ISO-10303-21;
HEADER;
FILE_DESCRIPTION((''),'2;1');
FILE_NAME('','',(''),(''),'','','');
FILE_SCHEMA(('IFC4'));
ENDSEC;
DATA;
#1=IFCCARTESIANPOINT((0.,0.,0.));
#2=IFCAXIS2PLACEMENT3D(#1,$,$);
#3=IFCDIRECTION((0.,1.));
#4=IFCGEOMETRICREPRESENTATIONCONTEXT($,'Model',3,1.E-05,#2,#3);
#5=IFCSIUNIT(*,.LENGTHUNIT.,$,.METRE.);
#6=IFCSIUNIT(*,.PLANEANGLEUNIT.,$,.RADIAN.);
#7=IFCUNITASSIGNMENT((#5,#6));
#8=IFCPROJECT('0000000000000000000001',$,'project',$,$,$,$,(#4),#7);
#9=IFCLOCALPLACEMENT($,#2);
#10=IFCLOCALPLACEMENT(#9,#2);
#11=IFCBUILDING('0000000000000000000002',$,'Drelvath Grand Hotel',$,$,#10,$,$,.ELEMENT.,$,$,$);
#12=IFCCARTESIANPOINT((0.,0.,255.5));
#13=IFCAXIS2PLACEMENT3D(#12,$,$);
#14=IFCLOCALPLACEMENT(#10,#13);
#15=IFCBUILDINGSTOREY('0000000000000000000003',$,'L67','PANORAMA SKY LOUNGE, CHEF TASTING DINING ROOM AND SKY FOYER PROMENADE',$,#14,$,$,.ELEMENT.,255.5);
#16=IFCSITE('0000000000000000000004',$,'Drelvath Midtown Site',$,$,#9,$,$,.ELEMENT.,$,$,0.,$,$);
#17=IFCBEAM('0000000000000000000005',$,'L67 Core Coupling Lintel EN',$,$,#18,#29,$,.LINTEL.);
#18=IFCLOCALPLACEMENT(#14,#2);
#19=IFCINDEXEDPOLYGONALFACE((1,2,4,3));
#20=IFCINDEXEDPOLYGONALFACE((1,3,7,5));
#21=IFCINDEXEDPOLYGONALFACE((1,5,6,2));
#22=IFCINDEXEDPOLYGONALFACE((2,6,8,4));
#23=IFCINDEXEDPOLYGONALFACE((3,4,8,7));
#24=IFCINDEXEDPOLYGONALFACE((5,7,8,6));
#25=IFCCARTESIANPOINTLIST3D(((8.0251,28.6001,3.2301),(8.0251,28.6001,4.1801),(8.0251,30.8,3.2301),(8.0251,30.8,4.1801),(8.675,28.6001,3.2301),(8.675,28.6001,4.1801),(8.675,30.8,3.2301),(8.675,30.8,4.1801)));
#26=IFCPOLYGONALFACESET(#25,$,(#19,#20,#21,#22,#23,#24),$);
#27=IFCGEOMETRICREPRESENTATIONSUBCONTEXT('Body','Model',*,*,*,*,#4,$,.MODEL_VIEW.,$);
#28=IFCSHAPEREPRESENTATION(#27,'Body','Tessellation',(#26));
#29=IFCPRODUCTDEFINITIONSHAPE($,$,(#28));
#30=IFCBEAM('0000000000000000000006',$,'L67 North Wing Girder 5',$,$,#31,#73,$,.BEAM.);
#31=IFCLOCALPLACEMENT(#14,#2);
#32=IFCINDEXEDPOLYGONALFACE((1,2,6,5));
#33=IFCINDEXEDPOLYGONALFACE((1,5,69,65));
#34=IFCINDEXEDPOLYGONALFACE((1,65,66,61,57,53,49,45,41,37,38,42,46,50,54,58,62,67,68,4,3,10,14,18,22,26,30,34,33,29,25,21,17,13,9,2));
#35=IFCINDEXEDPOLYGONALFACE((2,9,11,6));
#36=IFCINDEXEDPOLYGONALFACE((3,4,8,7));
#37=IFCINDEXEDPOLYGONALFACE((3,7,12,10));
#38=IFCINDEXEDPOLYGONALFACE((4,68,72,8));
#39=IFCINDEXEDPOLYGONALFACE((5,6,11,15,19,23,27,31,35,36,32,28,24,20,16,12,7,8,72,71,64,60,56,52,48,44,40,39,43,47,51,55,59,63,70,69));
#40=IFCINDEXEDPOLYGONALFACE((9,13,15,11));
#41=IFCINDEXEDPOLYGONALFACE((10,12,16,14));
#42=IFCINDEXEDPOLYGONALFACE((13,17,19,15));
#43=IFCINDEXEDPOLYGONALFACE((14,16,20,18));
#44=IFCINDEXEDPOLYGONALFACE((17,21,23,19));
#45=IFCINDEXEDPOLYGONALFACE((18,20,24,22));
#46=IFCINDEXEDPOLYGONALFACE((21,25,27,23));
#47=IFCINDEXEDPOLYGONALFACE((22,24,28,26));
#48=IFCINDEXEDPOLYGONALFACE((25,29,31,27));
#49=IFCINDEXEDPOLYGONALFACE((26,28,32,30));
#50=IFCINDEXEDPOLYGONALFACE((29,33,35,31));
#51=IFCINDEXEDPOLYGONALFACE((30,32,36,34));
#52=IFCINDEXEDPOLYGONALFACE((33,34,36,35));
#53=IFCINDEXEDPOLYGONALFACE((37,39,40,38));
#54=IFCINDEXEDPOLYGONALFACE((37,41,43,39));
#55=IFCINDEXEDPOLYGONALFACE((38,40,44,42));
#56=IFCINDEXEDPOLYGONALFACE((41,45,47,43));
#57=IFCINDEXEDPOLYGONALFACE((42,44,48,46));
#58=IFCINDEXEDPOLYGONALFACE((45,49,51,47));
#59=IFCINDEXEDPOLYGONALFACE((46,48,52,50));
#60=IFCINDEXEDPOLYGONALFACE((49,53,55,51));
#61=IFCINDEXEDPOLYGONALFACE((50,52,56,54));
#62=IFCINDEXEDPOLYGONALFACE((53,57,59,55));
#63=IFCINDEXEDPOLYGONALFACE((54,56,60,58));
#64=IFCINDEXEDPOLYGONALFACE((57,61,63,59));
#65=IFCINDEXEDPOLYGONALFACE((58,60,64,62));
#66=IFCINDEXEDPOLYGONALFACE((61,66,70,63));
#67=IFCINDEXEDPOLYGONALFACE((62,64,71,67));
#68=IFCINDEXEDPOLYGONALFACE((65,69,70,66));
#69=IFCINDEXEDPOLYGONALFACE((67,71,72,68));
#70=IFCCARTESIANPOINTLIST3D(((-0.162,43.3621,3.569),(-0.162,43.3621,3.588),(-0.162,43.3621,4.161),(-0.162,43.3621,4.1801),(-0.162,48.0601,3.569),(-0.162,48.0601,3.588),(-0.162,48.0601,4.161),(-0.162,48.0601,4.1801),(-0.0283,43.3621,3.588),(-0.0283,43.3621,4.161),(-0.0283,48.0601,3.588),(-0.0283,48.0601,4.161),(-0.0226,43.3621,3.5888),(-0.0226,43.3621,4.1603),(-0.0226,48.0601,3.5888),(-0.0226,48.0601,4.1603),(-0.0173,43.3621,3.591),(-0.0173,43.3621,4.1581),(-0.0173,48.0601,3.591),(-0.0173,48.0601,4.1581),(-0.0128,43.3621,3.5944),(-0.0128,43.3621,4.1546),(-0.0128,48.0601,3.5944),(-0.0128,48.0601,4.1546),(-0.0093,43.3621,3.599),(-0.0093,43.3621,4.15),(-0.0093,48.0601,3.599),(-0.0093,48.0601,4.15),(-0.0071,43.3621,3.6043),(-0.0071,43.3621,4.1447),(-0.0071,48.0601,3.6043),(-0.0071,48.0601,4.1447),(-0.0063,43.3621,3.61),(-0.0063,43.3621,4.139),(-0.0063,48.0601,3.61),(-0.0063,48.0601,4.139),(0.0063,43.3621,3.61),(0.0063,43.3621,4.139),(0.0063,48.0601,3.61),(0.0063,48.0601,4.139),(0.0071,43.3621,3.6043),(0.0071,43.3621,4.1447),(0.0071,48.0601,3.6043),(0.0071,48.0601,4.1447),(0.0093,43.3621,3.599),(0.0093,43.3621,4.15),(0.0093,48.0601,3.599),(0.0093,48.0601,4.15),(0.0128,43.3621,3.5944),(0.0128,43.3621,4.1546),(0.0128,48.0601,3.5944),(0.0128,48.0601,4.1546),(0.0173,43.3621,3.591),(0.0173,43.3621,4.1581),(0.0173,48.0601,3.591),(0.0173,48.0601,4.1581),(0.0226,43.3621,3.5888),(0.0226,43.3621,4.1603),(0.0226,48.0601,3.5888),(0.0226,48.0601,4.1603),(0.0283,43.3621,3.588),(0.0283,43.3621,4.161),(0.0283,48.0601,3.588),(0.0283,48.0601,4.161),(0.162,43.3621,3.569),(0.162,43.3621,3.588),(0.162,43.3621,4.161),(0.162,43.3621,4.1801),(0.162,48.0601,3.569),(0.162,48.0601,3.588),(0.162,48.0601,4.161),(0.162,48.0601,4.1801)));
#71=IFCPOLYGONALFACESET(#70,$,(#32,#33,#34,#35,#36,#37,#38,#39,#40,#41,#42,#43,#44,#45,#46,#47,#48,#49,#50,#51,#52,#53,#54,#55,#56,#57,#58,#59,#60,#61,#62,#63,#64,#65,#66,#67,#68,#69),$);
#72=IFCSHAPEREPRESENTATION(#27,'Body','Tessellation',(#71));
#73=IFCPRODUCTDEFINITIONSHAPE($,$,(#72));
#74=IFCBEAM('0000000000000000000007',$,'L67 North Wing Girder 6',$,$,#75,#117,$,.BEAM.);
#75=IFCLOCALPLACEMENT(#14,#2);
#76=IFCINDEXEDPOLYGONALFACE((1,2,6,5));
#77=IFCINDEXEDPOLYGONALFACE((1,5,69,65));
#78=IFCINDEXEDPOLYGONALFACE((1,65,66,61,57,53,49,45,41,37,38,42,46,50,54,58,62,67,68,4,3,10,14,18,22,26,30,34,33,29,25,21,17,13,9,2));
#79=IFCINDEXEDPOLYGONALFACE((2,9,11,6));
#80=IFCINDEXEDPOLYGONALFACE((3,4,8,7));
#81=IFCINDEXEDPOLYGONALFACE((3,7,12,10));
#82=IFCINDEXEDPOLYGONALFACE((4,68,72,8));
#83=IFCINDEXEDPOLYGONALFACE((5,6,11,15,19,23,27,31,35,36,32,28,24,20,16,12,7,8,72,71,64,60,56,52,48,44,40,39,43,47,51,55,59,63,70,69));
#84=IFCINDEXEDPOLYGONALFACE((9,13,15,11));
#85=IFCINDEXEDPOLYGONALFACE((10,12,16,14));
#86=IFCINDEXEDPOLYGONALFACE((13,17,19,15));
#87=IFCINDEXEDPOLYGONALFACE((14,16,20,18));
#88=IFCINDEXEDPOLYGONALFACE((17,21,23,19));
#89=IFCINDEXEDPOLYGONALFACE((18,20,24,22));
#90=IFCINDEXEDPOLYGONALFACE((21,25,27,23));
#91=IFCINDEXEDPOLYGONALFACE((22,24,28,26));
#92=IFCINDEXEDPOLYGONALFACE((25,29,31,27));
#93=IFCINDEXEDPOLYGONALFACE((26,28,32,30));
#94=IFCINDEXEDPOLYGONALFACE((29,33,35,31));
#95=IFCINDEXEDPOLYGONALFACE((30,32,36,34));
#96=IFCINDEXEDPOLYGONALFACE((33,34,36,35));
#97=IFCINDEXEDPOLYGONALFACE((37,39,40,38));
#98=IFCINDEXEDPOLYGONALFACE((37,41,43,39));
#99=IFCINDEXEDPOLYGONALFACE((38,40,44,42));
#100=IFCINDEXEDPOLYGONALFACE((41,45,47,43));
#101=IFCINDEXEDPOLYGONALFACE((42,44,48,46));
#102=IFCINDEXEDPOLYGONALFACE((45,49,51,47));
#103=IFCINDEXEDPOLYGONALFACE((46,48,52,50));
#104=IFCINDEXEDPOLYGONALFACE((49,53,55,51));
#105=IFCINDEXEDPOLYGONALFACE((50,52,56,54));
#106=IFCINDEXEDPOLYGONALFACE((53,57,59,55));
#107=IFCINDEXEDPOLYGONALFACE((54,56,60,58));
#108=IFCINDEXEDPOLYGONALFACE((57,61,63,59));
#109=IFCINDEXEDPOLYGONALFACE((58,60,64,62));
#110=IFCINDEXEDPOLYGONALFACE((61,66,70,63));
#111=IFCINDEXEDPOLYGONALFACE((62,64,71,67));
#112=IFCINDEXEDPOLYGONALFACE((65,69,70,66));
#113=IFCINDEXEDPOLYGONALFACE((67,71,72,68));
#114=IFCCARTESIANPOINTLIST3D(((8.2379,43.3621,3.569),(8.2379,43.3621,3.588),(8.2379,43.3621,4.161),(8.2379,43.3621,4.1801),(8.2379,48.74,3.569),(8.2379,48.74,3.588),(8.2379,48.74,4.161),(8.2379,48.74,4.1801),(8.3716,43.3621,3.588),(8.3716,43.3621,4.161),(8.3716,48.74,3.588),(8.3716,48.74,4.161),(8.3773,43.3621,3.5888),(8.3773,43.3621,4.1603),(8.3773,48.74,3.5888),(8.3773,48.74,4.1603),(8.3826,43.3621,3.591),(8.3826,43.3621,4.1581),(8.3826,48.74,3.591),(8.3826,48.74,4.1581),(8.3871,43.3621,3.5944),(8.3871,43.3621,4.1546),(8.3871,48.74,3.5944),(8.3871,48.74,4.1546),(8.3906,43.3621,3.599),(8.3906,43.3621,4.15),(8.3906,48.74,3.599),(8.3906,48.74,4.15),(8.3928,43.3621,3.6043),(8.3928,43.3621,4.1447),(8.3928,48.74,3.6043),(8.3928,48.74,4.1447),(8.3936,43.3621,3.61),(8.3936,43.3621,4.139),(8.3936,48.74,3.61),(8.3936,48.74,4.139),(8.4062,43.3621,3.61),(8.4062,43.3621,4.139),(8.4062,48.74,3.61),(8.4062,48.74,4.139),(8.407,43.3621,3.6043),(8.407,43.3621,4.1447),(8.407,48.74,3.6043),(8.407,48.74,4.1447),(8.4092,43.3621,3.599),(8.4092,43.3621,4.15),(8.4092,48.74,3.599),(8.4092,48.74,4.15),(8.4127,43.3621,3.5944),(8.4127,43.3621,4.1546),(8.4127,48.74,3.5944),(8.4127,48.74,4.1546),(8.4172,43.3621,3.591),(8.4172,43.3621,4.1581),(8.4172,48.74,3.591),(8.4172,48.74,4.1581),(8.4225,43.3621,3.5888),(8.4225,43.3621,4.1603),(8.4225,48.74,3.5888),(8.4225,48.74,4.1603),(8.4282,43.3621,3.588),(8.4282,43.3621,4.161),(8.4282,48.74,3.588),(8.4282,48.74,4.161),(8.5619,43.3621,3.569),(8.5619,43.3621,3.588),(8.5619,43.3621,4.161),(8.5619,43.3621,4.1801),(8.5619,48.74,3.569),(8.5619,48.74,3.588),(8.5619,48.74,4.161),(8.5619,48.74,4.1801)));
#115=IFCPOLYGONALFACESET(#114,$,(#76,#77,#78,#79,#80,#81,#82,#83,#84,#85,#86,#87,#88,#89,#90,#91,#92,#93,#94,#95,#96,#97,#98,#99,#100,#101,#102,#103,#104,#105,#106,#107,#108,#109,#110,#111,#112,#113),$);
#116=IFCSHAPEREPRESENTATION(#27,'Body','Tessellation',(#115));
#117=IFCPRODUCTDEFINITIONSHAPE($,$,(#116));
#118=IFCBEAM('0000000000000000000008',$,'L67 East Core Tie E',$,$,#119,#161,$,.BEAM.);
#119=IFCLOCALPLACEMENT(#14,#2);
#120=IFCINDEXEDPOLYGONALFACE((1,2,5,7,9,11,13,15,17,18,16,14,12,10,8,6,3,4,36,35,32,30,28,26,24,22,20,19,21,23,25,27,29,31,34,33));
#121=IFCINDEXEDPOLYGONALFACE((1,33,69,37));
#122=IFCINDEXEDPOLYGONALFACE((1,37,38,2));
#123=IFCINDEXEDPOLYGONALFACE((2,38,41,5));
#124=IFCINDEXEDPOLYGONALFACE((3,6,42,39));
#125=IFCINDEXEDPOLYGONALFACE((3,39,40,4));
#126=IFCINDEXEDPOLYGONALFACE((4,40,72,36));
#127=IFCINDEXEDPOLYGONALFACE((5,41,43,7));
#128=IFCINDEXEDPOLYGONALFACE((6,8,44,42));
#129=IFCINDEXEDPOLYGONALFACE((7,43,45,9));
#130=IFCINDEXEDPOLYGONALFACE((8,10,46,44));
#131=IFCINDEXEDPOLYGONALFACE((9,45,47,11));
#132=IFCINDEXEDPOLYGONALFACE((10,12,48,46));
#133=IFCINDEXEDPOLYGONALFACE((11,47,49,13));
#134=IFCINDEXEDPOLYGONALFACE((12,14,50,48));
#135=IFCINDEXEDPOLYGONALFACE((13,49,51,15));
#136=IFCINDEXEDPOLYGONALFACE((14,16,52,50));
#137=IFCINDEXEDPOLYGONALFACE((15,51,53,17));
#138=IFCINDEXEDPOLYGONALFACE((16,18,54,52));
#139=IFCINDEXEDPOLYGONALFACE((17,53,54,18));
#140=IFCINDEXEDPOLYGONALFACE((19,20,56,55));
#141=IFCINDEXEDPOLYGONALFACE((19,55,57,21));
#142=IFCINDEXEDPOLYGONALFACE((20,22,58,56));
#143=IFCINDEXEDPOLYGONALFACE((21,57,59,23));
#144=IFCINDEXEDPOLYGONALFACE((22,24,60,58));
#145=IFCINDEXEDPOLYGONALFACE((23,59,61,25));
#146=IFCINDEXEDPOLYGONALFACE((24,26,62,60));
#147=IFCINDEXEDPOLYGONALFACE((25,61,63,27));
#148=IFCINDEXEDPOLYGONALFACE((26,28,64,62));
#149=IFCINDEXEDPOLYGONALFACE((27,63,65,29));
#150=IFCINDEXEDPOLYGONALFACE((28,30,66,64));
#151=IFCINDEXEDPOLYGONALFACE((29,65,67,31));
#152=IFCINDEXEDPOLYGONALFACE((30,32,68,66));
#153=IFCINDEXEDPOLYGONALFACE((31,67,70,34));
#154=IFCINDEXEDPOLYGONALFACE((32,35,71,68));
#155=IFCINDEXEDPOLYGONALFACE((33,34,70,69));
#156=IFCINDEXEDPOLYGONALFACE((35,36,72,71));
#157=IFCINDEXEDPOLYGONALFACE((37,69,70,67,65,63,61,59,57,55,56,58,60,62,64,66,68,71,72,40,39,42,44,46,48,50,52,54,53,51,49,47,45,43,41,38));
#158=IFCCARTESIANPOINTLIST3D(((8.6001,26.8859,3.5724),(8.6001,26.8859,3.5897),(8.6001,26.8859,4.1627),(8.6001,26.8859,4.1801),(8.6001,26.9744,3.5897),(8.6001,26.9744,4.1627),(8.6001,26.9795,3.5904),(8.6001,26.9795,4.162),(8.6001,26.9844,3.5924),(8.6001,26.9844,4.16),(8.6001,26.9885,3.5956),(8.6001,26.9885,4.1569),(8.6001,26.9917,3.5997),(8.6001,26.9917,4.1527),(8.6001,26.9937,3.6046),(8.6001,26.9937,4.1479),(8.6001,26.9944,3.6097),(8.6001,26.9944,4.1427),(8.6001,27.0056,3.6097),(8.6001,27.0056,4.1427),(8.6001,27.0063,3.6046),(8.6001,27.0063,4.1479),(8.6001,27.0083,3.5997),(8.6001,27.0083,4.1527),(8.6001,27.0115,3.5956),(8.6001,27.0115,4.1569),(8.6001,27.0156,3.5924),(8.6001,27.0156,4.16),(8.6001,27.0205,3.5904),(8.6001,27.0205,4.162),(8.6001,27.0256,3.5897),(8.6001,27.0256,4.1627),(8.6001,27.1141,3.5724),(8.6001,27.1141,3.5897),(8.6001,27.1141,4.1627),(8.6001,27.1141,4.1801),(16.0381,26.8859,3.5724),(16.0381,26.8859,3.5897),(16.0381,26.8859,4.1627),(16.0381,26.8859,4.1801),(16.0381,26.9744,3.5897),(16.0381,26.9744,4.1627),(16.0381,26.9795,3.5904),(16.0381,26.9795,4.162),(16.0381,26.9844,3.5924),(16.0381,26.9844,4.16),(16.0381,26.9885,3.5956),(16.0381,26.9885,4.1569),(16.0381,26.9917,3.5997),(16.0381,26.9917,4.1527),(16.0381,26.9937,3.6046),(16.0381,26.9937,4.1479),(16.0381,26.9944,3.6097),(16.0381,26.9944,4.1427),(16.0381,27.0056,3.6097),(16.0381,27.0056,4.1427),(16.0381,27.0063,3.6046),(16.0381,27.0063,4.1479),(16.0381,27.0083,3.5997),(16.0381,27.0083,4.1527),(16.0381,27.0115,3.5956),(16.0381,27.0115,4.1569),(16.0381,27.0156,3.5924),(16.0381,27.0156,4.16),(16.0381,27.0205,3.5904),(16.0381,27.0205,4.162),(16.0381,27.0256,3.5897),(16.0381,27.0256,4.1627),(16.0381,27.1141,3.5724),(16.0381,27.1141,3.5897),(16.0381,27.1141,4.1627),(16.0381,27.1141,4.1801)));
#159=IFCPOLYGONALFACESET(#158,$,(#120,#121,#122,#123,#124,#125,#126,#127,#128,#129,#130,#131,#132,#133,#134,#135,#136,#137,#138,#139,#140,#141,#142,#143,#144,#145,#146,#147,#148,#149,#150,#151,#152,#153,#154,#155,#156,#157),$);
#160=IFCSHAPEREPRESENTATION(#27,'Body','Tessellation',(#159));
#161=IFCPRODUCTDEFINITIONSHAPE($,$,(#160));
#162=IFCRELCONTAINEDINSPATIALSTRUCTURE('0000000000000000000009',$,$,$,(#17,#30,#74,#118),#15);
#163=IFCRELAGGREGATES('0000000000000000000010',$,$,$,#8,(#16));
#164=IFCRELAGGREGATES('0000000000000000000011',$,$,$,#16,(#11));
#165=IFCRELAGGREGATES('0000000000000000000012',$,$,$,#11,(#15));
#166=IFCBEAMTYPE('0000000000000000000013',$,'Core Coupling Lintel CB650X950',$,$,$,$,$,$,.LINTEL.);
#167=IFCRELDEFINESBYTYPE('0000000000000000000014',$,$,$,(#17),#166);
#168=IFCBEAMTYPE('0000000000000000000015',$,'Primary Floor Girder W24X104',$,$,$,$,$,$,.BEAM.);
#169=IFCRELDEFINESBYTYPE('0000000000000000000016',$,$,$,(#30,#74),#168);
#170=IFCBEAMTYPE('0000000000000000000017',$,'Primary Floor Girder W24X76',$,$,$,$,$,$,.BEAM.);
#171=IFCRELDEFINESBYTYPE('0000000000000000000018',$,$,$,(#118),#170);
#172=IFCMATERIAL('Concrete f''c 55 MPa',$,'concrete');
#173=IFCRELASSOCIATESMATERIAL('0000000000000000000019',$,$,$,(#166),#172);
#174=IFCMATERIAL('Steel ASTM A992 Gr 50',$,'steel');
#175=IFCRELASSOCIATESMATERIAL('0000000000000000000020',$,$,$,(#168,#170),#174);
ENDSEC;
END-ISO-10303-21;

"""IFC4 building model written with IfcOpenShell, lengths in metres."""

from ifc_helpers import new_model, si_unit, direction, frame, origin, origin_2d, place, context, subcontext, project, spatial, rectangle, i_section, extrude, material, material_profile, profile_set, type_object, element, save


model = new_model("IFC4")

# Units and contexts
model_context = context("Model", 3, precision=1e-05, world=origin(), true_north=direction((0.0, 1.0)))
body_context = subcontext(model_context, "Body", "Model", "MODEL_VIEW")
ifc_project = project(units=[si_unit("LENGTHUNIT", "METRE"), si_unit("PLANEANGLEUNIT", "RADIAN")], contexts=[model_context])

# Site, building, storey
site_placement = place(None, origin())
site = spatial("IfcSite", under=ifc_project, at=site_placement, Name="Drelvath Midtown Site", CompositionType="ELEMENT", RefElevation=0.0)
building_placement = place(site_placement, origin())
building = spatial("IfcBuilding", under=site, at=building_placement, Name="Drelvath Grand Hotel", CompositionType="ELEMENT")
storey_placement = place(building_placement, frame((0.0, 0.0, 255.5)))
storey = spatial("IfcBuildingStorey", under=building, at=storey_placement, Name="L67", Description="PANORAMA SKY LOUNGE, CHEF TASTING DINING ROOM AND SKY FOYER PROMENADE", CompositionType="ELEMENT", Elevation=255.5)

# Beams
ifc_material_1 = material(Name="Concrete f'c 55 MPa", Category="concrete")
ifc_material_profile_1 = material_profile(ifc_material_1, rectangle(XDim=0.6499, YDim=0.95, at=origin_2d()), Name="CB650X950")
ifc_profile_set_1 = profile_set([ifc_material_profile_1], Name="Concrete f'c 55 MPa")
beam_type_1 = type_object("IfcBeamType", Name="Core Coupling Lintel CB650X950", PredefinedType="LINTEL", material=ifc_profile_set_1)
beam_1_placement = place(storey_placement, frame((8.3501, 28.6001, 3.7051), z_axis=(0.0, 1.0, 0.0), x_axis=(-1.0, 0.0, 0.0)))
element("IfcBeam", 1, at=beam_1_placement, inside=storey, type_object=beam_type_1, Name="L67 Core Coupling Lintel EN", PredefinedType="LINTEL", context=body_context, shape_type="SweptSolid", body=[
    extrude(rectangle(XDim=0.6499, YDim=0.95, at=origin_2d()), origin(), (0.0, 0.0, 1.0), 2.2),
])
ifc_material_2 = material(Name="Steel ASTM A992 Gr 50", Category="steel")
ifc_material_profile_2 = material_profile(ifc_material_2, i_section(OverallWidth=0.324, OverallDepth=0.6111, WebThickness=0.0127, FlangeThickness=0.019, FilletRadius=0.022, at=origin_2d()), Name="W24X104")
ifc_profile_set_2 = profile_set([ifc_material_profile_2], Name="Steel ASTM A992 Gr 50")
beam_type_2 = type_object("IfcBeamType", Name="Primary Floor Girder W24X104", PredefinedType="BEAM", material=ifc_profile_set_2)
beam_2_placement = place(storey_placement, frame((0.0, 43.3621, 3.8745), z_axis=(0.0, 1.0, 0.0), x_axis=(-1.0, 0.0, 0.0)))
element("IfcBeam", 2, at=beam_2_placement, inside=storey, type_object=beam_type_2, Name="L67 North Wing Girder 5", PredefinedType="BEAM", context=body_context, shape_type="SweptSolid", body=[
    extrude(i_section(OverallWidth=0.324, OverallDepth=0.6111, WebThickness=0.0127, FlangeThickness=0.019, FilletRadius=0.022, at=origin_2d()), origin(), (0.0, 0.0, 1.0), 4.698),
])
beam_3_placement = place(storey_placement, frame((8.3999, 43.3621, 3.8745), z_axis=(0.0, 1.0, 0.0), x_axis=(-1.0, 0.0, 0.0)))
element("IfcBeam", 3, at=beam_3_placement, inside=storey, type_object=beam_type_2, Name="L67 North Wing Girder 6", PredefinedType="BEAM", context=body_context, shape_type="SweptSolid", body=[
    extrude(i_section(OverallWidth=0.324, OverallDepth=0.6111, WebThickness=0.0127, FlangeThickness=0.019, FilletRadius=0.022, at=origin_2d()), origin(), (0.0, 0.0, 1.0), 5.3779),
])
ifc_material_profile_3 = material_profile(ifc_material_2, i_section(OverallWidth=0.2283, OverallDepth=0.6077, WebThickness=0.0112, FlangeThickness=0.0173, FilletRadius=0.02, at=origin_2d()), Name="W24X76")
ifc_profile_set_3 = profile_set([ifc_material_profile_3], Name="Steel ASTM A992 Gr 50")
beam_type_3 = type_object("IfcBeamType", Name="Primary Floor Girder W24X76", PredefinedType="BEAM", material=ifc_profile_set_3)
for number, where, z_axis, x_axis, name in (
    (4, (8.6001, 27.0, 3.8762), (1.0, 0.0, 0.0), (0.0, 1.0, 0.0), "L67 East Core Tie E"),
):
    element("IfcBeam", number, at=place(storey_placement, frame(where, z_axis=z_axis, x_axis=x_axis)), inside=storey, type_object=beam_type_3, Name=name, PredefinedType="BEAM", context=body_context, shape_type="SweptSolid", body=[
        extrude(i_section(OverallWidth=0.2283, OverallDepth=0.6077, WebThickness=0.0112, FlangeThickness=0.0173, FilletRadius=0.02, at=origin_2d()), origin(), (0.0, 0.0, 1.0), 7.438),
    ])

save(model, "model.ifc")
